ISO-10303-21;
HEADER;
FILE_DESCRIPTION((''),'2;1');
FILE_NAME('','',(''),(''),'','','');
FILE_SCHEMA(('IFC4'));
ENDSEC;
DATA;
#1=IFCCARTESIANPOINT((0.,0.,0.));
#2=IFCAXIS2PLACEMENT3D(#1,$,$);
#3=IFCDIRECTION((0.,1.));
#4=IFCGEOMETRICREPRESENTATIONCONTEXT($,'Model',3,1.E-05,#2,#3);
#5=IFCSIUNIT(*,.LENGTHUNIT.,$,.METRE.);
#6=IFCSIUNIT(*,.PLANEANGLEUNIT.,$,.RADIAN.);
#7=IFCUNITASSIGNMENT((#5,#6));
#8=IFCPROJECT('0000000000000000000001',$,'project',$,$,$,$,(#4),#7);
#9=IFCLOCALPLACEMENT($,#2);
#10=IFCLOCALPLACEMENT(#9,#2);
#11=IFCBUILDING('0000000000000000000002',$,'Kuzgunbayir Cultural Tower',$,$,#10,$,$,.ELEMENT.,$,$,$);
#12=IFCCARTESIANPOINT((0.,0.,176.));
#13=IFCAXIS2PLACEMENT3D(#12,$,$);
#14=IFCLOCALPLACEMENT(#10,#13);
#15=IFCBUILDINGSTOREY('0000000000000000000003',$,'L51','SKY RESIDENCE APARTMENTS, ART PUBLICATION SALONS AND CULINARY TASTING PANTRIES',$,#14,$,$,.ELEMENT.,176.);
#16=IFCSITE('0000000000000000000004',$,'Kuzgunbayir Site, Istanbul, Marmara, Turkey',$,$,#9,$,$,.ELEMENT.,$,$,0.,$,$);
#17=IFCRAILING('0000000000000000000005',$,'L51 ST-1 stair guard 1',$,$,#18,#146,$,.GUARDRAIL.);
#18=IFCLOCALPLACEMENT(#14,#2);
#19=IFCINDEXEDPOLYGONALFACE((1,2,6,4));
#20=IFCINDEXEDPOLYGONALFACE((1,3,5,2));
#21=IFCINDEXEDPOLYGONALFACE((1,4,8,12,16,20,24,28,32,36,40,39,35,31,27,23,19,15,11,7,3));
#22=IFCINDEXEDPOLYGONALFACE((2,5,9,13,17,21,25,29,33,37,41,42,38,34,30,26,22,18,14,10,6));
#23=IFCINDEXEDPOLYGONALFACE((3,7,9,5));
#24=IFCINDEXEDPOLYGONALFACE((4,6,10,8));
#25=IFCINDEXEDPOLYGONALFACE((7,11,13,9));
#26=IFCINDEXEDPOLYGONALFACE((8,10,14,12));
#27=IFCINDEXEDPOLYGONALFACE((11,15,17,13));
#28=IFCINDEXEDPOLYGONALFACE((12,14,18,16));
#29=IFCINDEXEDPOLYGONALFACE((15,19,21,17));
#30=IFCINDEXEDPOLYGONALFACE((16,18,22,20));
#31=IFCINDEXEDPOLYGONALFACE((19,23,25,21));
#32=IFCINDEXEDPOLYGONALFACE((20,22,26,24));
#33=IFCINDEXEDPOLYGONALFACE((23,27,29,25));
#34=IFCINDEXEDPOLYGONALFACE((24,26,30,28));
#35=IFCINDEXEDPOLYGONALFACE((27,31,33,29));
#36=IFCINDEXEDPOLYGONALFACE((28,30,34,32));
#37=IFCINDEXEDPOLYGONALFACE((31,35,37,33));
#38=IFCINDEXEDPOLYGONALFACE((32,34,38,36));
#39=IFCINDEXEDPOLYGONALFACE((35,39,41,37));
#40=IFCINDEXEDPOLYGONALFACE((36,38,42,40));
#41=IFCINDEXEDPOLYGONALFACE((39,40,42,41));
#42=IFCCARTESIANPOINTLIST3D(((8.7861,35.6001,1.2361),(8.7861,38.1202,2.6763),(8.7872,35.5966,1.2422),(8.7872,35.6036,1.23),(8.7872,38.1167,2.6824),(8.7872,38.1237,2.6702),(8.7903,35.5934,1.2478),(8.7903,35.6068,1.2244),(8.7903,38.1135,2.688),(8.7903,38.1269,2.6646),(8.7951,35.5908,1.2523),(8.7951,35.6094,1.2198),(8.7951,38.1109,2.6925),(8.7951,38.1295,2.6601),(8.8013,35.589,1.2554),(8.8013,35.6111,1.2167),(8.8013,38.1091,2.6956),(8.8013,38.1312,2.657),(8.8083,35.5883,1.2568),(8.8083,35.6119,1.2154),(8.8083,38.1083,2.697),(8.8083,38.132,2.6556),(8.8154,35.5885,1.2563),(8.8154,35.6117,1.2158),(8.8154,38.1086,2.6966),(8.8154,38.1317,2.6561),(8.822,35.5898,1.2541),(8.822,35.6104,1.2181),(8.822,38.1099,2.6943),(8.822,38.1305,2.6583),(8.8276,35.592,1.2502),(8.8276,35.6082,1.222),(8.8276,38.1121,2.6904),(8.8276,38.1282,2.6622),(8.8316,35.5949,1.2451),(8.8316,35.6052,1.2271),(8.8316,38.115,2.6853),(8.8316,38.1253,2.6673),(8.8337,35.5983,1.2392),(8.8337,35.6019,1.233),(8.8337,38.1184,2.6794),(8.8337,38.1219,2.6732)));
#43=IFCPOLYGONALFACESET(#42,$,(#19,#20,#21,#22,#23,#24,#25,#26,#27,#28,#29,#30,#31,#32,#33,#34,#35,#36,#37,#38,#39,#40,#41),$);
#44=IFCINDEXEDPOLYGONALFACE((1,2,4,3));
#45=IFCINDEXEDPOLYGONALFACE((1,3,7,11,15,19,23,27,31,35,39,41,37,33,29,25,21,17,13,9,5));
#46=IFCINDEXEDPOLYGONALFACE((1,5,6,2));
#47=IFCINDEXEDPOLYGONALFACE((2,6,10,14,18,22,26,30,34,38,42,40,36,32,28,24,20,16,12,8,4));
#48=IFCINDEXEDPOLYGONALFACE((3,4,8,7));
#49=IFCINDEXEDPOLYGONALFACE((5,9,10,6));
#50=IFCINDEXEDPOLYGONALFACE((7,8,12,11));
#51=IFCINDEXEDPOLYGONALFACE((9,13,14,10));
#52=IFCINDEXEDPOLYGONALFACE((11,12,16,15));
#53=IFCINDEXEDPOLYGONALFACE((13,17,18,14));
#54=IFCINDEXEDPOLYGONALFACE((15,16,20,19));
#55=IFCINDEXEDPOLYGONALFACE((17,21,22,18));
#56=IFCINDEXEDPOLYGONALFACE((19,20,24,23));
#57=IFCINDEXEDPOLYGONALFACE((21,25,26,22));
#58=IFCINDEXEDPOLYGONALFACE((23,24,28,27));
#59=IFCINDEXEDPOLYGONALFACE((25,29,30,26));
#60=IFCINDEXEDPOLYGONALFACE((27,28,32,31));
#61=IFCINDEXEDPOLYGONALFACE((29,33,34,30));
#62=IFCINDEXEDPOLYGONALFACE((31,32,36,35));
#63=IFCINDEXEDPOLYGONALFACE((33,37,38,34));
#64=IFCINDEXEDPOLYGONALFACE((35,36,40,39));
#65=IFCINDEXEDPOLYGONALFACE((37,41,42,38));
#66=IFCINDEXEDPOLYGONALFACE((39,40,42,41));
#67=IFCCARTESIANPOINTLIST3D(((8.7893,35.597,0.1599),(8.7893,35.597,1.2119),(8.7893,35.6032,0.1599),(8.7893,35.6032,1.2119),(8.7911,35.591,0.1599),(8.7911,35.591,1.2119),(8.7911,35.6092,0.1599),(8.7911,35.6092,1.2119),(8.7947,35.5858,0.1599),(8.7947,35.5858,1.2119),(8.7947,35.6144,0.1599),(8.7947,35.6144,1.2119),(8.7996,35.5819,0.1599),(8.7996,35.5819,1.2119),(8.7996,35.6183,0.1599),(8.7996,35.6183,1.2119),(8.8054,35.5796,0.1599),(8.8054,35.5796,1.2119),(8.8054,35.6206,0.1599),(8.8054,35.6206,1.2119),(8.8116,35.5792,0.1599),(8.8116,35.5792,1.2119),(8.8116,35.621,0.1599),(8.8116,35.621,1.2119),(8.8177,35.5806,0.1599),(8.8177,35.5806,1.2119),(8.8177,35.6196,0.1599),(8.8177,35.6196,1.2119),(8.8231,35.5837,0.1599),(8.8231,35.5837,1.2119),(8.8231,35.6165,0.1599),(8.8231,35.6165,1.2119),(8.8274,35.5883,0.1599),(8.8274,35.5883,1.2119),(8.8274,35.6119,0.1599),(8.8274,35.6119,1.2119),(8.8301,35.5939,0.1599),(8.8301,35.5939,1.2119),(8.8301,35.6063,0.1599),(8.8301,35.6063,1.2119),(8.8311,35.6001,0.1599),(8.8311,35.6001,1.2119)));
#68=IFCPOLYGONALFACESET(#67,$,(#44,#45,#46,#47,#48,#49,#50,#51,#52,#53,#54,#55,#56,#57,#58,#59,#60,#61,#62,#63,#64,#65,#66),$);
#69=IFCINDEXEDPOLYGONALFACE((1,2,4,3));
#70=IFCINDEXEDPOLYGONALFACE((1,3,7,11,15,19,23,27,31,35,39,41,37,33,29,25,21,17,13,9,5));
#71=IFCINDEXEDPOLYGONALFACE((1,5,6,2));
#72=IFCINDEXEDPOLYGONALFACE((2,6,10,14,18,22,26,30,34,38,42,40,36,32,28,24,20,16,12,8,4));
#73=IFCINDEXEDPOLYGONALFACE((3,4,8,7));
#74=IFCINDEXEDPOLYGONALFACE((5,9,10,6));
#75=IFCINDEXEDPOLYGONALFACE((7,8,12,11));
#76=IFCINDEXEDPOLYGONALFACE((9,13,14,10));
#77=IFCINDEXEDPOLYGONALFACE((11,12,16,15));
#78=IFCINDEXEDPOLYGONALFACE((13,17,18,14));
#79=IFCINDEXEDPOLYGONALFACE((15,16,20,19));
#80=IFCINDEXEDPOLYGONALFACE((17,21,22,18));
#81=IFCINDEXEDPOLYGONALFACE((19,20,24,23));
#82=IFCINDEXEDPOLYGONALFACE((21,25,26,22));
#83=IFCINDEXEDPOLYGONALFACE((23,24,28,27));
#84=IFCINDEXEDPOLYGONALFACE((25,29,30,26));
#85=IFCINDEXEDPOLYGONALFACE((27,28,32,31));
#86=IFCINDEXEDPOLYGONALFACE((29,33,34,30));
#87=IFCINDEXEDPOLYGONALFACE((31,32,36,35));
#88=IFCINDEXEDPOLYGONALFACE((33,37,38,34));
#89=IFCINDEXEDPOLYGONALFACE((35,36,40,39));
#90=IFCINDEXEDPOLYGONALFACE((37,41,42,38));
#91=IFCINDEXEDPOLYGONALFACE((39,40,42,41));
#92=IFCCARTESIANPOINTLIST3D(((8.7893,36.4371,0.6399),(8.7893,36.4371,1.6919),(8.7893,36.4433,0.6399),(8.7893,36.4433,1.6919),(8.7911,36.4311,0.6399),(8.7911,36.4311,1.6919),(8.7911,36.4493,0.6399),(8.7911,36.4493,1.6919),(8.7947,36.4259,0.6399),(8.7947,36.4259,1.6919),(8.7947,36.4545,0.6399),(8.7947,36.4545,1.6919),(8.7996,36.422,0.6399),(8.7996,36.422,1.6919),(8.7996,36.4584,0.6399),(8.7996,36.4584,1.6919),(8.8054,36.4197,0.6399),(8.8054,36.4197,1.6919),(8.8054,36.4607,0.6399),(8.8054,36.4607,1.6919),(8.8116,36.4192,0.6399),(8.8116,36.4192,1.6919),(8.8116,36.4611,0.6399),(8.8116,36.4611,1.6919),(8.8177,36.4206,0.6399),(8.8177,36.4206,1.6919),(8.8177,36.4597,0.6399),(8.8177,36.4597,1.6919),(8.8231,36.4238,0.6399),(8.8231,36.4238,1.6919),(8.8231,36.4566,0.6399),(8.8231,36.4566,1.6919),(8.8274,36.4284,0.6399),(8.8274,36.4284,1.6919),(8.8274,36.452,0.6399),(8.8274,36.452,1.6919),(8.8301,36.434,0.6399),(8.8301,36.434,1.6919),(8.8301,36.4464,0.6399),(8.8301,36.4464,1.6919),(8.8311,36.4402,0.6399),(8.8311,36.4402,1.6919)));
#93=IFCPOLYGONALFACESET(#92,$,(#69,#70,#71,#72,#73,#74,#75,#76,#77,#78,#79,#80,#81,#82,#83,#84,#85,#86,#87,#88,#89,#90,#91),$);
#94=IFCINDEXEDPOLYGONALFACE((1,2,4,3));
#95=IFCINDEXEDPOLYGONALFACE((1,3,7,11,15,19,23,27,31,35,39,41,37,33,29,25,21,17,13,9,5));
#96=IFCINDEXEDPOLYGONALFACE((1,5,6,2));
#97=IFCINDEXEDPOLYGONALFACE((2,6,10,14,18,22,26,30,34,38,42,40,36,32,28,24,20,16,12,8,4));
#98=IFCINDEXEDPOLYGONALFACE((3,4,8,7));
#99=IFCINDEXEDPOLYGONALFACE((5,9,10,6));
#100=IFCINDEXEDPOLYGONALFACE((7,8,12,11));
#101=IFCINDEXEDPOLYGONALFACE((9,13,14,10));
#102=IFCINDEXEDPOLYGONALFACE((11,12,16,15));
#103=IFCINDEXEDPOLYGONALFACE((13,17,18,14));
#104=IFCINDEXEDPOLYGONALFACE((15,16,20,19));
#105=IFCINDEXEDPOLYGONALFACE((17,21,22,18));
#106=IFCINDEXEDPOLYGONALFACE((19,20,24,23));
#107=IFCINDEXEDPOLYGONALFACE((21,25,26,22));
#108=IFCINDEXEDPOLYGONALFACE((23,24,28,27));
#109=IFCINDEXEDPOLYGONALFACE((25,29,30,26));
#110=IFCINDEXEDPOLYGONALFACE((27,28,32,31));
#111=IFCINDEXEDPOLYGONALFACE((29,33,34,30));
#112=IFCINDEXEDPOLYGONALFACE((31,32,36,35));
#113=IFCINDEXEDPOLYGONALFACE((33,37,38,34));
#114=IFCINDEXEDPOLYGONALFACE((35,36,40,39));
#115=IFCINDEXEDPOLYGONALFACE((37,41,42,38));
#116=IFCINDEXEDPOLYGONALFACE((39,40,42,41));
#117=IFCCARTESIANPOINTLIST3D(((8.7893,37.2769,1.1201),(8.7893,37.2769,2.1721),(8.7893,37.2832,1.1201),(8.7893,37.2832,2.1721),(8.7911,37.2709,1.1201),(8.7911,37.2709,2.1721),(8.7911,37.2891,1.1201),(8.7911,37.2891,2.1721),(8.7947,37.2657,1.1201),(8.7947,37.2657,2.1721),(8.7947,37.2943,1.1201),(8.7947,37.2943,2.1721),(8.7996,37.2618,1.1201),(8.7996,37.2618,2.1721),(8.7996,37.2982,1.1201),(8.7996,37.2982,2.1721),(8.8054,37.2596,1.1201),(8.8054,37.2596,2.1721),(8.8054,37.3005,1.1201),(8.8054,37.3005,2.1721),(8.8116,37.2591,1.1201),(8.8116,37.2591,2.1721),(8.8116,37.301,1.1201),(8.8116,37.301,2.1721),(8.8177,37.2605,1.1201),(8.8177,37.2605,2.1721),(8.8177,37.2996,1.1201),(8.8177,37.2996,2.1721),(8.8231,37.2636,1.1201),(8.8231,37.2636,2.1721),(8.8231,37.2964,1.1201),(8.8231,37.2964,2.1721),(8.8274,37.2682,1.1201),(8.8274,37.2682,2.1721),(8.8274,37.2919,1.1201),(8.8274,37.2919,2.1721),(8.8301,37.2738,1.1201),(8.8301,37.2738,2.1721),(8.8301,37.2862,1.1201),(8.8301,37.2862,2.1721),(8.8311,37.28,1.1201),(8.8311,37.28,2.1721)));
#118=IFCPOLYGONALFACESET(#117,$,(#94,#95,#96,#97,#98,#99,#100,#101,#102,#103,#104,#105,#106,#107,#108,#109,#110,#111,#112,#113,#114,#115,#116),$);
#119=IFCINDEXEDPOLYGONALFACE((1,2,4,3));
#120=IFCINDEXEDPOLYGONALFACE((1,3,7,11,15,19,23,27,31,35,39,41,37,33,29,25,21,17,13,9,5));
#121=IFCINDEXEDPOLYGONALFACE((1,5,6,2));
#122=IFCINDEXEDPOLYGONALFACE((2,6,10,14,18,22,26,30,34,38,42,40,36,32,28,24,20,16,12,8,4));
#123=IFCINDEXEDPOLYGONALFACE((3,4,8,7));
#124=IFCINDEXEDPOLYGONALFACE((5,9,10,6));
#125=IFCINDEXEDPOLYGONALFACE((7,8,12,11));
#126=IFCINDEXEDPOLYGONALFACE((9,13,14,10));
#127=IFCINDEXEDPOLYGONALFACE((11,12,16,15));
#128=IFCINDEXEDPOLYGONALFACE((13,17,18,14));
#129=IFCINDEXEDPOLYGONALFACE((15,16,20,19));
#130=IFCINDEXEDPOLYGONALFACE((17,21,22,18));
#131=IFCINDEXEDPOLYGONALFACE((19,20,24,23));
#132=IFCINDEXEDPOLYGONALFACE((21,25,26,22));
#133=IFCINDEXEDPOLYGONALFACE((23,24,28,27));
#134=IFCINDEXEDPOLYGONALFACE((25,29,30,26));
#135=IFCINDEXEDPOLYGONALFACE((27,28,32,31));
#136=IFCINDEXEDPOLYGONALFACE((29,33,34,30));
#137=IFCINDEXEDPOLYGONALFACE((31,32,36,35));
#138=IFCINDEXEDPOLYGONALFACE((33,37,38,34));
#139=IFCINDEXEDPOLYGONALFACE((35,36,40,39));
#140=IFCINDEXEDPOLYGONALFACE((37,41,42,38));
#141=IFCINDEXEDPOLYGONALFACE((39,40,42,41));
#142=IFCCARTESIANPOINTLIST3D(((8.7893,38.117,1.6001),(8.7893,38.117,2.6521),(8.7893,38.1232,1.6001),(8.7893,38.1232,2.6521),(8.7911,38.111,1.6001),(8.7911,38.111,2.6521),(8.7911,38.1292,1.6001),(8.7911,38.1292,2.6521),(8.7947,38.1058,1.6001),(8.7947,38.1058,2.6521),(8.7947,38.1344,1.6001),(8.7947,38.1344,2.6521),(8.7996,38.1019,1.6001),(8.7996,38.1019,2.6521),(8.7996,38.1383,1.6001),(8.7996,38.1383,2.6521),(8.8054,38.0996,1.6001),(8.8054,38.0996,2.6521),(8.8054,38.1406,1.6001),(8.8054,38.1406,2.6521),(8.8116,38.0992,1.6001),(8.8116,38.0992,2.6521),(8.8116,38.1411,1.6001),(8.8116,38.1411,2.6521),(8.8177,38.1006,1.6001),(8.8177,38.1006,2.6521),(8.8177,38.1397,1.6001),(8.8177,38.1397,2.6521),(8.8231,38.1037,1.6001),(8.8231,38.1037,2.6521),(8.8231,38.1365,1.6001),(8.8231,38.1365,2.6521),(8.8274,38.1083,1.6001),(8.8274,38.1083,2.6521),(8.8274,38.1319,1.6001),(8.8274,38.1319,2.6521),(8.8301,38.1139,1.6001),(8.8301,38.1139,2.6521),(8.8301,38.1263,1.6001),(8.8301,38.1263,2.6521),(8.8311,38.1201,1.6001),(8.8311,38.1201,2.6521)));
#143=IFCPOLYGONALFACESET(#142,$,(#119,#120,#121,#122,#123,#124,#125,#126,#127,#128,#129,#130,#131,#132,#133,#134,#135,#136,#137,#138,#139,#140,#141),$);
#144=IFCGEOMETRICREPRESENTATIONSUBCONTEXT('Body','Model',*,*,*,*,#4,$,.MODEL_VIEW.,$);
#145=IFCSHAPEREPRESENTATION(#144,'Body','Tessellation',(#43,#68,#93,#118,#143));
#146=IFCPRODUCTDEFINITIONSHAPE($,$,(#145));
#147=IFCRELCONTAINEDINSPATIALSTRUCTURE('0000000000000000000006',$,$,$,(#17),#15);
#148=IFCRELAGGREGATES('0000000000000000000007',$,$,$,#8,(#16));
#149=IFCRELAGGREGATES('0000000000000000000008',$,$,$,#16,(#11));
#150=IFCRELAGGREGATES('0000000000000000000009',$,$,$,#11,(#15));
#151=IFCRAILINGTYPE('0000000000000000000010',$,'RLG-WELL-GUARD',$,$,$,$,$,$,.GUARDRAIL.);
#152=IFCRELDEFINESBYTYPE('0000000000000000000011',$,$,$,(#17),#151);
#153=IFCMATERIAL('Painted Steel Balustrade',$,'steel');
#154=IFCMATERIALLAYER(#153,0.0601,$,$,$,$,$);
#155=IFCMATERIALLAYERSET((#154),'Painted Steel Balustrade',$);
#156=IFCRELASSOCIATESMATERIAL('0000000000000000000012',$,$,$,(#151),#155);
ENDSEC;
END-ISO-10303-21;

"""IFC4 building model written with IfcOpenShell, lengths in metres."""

from ifc_helpers import new_model, si_unit, direction, frame, origin, origin_2d, place, context, subcontext, project, spatial, circle, extrude, material, layer, layer_set, type_object, element, save


model = new_model("IFC4")

# Units and contexts
model_context = context("Model", 3, precision=1e-05, world=origin(), true_north=direction((0.0, 1.0)))
body_context = subcontext(model_context, "Body", "Model", "MODEL_VIEW")
ifc_project = project(units=[si_unit("LENGTHUNIT", "METRE"), si_unit("PLANEANGLEUNIT", "RADIAN")], contexts=[model_context])

# Site, building, storey
site_placement = place(None, origin())
site = spatial("IfcSite", under=ifc_project, at=site_placement, Name="Kuzgunbayir Site, Istanbul, Marmara, Turkey", CompositionType="ELEMENT", RefElevation=0.0)
building_placement = place(site_placement, origin())
building = spatial("IfcBuilding", under=site, at=building_placement, Name="Kuzgunbayir Cultural Tower", CompositionType="ELEMENT")
storey_placement = place(building_placement, frame((0.0, 0.0, 176.0)))
storey = spatial("IfcBuildingStorey", under=building, at=storey_placement, Name="L51", Description="SKY RESIDENCE APARTMENTS, ART PUBLICATION SALONS AND CULINARY TASTING PANTRIES", CompositionType="ELEMENT", Elevation=176.0)

# Railing
ifc_material_1 = material(Name="Painted Steel Balustrade", Category="steel")
ifc_layer_1 = layer(ifc_material_1, 0.0601)
ifc_layer_set_1 = layer_set([ifc_layer_1], Name="Painted Steel Balustrade")
railing_type_1 = type_object("IfcRailingType", Name="RLG-WELL-GUARD", PredefinedType="GUARDRAIL", material=ifc_layer_set_1)
railing_1_placement = place(storey_placement, frame((8.8101, 35.6001, 0.1599)))
element("IfcRailing", 1, at=railing_1_placement, inside=storey, type_object=railing_type_1, Name="L51 ST-1 stair guard 1", PredefinedType="GUARDRAIL", context=body_context, shape_type="SweptSolid", body=[
    extrude(circle(Radius=0.0239, at=origin_2d()), frame((0.0, 0.0, 1.0762), z_axis=(0.0, 0.868217, 0.496184), x_axis=(-1.0, 0.0, 0.0)), (0.0, 0.0, 1.0), 2.9026),
    extrude(circle(Radius=0.021, at=origin_2d()), origin(), (0.0, 0.0, 1.0), 1.052),
    extrude(circle(Radius=0.021, at=origin_2d()), frame((0.0, 0.8401, 0.48)), (0.0, 0.0, 1.0), 1.052),
    extrude(circle(Radius=0.021, at=origin_2d()), frame((0.0, 1.6799, 0.9602)), (0.0, 0.0, 1.0), 1.052),
    extrude(circle(Radius=0.021, at=origin_2d()), frame((0.0, 2.52, 1.4402)), (0.0, 0.0, 1.0), 1.052),
])

save(model, "model.ifc")
